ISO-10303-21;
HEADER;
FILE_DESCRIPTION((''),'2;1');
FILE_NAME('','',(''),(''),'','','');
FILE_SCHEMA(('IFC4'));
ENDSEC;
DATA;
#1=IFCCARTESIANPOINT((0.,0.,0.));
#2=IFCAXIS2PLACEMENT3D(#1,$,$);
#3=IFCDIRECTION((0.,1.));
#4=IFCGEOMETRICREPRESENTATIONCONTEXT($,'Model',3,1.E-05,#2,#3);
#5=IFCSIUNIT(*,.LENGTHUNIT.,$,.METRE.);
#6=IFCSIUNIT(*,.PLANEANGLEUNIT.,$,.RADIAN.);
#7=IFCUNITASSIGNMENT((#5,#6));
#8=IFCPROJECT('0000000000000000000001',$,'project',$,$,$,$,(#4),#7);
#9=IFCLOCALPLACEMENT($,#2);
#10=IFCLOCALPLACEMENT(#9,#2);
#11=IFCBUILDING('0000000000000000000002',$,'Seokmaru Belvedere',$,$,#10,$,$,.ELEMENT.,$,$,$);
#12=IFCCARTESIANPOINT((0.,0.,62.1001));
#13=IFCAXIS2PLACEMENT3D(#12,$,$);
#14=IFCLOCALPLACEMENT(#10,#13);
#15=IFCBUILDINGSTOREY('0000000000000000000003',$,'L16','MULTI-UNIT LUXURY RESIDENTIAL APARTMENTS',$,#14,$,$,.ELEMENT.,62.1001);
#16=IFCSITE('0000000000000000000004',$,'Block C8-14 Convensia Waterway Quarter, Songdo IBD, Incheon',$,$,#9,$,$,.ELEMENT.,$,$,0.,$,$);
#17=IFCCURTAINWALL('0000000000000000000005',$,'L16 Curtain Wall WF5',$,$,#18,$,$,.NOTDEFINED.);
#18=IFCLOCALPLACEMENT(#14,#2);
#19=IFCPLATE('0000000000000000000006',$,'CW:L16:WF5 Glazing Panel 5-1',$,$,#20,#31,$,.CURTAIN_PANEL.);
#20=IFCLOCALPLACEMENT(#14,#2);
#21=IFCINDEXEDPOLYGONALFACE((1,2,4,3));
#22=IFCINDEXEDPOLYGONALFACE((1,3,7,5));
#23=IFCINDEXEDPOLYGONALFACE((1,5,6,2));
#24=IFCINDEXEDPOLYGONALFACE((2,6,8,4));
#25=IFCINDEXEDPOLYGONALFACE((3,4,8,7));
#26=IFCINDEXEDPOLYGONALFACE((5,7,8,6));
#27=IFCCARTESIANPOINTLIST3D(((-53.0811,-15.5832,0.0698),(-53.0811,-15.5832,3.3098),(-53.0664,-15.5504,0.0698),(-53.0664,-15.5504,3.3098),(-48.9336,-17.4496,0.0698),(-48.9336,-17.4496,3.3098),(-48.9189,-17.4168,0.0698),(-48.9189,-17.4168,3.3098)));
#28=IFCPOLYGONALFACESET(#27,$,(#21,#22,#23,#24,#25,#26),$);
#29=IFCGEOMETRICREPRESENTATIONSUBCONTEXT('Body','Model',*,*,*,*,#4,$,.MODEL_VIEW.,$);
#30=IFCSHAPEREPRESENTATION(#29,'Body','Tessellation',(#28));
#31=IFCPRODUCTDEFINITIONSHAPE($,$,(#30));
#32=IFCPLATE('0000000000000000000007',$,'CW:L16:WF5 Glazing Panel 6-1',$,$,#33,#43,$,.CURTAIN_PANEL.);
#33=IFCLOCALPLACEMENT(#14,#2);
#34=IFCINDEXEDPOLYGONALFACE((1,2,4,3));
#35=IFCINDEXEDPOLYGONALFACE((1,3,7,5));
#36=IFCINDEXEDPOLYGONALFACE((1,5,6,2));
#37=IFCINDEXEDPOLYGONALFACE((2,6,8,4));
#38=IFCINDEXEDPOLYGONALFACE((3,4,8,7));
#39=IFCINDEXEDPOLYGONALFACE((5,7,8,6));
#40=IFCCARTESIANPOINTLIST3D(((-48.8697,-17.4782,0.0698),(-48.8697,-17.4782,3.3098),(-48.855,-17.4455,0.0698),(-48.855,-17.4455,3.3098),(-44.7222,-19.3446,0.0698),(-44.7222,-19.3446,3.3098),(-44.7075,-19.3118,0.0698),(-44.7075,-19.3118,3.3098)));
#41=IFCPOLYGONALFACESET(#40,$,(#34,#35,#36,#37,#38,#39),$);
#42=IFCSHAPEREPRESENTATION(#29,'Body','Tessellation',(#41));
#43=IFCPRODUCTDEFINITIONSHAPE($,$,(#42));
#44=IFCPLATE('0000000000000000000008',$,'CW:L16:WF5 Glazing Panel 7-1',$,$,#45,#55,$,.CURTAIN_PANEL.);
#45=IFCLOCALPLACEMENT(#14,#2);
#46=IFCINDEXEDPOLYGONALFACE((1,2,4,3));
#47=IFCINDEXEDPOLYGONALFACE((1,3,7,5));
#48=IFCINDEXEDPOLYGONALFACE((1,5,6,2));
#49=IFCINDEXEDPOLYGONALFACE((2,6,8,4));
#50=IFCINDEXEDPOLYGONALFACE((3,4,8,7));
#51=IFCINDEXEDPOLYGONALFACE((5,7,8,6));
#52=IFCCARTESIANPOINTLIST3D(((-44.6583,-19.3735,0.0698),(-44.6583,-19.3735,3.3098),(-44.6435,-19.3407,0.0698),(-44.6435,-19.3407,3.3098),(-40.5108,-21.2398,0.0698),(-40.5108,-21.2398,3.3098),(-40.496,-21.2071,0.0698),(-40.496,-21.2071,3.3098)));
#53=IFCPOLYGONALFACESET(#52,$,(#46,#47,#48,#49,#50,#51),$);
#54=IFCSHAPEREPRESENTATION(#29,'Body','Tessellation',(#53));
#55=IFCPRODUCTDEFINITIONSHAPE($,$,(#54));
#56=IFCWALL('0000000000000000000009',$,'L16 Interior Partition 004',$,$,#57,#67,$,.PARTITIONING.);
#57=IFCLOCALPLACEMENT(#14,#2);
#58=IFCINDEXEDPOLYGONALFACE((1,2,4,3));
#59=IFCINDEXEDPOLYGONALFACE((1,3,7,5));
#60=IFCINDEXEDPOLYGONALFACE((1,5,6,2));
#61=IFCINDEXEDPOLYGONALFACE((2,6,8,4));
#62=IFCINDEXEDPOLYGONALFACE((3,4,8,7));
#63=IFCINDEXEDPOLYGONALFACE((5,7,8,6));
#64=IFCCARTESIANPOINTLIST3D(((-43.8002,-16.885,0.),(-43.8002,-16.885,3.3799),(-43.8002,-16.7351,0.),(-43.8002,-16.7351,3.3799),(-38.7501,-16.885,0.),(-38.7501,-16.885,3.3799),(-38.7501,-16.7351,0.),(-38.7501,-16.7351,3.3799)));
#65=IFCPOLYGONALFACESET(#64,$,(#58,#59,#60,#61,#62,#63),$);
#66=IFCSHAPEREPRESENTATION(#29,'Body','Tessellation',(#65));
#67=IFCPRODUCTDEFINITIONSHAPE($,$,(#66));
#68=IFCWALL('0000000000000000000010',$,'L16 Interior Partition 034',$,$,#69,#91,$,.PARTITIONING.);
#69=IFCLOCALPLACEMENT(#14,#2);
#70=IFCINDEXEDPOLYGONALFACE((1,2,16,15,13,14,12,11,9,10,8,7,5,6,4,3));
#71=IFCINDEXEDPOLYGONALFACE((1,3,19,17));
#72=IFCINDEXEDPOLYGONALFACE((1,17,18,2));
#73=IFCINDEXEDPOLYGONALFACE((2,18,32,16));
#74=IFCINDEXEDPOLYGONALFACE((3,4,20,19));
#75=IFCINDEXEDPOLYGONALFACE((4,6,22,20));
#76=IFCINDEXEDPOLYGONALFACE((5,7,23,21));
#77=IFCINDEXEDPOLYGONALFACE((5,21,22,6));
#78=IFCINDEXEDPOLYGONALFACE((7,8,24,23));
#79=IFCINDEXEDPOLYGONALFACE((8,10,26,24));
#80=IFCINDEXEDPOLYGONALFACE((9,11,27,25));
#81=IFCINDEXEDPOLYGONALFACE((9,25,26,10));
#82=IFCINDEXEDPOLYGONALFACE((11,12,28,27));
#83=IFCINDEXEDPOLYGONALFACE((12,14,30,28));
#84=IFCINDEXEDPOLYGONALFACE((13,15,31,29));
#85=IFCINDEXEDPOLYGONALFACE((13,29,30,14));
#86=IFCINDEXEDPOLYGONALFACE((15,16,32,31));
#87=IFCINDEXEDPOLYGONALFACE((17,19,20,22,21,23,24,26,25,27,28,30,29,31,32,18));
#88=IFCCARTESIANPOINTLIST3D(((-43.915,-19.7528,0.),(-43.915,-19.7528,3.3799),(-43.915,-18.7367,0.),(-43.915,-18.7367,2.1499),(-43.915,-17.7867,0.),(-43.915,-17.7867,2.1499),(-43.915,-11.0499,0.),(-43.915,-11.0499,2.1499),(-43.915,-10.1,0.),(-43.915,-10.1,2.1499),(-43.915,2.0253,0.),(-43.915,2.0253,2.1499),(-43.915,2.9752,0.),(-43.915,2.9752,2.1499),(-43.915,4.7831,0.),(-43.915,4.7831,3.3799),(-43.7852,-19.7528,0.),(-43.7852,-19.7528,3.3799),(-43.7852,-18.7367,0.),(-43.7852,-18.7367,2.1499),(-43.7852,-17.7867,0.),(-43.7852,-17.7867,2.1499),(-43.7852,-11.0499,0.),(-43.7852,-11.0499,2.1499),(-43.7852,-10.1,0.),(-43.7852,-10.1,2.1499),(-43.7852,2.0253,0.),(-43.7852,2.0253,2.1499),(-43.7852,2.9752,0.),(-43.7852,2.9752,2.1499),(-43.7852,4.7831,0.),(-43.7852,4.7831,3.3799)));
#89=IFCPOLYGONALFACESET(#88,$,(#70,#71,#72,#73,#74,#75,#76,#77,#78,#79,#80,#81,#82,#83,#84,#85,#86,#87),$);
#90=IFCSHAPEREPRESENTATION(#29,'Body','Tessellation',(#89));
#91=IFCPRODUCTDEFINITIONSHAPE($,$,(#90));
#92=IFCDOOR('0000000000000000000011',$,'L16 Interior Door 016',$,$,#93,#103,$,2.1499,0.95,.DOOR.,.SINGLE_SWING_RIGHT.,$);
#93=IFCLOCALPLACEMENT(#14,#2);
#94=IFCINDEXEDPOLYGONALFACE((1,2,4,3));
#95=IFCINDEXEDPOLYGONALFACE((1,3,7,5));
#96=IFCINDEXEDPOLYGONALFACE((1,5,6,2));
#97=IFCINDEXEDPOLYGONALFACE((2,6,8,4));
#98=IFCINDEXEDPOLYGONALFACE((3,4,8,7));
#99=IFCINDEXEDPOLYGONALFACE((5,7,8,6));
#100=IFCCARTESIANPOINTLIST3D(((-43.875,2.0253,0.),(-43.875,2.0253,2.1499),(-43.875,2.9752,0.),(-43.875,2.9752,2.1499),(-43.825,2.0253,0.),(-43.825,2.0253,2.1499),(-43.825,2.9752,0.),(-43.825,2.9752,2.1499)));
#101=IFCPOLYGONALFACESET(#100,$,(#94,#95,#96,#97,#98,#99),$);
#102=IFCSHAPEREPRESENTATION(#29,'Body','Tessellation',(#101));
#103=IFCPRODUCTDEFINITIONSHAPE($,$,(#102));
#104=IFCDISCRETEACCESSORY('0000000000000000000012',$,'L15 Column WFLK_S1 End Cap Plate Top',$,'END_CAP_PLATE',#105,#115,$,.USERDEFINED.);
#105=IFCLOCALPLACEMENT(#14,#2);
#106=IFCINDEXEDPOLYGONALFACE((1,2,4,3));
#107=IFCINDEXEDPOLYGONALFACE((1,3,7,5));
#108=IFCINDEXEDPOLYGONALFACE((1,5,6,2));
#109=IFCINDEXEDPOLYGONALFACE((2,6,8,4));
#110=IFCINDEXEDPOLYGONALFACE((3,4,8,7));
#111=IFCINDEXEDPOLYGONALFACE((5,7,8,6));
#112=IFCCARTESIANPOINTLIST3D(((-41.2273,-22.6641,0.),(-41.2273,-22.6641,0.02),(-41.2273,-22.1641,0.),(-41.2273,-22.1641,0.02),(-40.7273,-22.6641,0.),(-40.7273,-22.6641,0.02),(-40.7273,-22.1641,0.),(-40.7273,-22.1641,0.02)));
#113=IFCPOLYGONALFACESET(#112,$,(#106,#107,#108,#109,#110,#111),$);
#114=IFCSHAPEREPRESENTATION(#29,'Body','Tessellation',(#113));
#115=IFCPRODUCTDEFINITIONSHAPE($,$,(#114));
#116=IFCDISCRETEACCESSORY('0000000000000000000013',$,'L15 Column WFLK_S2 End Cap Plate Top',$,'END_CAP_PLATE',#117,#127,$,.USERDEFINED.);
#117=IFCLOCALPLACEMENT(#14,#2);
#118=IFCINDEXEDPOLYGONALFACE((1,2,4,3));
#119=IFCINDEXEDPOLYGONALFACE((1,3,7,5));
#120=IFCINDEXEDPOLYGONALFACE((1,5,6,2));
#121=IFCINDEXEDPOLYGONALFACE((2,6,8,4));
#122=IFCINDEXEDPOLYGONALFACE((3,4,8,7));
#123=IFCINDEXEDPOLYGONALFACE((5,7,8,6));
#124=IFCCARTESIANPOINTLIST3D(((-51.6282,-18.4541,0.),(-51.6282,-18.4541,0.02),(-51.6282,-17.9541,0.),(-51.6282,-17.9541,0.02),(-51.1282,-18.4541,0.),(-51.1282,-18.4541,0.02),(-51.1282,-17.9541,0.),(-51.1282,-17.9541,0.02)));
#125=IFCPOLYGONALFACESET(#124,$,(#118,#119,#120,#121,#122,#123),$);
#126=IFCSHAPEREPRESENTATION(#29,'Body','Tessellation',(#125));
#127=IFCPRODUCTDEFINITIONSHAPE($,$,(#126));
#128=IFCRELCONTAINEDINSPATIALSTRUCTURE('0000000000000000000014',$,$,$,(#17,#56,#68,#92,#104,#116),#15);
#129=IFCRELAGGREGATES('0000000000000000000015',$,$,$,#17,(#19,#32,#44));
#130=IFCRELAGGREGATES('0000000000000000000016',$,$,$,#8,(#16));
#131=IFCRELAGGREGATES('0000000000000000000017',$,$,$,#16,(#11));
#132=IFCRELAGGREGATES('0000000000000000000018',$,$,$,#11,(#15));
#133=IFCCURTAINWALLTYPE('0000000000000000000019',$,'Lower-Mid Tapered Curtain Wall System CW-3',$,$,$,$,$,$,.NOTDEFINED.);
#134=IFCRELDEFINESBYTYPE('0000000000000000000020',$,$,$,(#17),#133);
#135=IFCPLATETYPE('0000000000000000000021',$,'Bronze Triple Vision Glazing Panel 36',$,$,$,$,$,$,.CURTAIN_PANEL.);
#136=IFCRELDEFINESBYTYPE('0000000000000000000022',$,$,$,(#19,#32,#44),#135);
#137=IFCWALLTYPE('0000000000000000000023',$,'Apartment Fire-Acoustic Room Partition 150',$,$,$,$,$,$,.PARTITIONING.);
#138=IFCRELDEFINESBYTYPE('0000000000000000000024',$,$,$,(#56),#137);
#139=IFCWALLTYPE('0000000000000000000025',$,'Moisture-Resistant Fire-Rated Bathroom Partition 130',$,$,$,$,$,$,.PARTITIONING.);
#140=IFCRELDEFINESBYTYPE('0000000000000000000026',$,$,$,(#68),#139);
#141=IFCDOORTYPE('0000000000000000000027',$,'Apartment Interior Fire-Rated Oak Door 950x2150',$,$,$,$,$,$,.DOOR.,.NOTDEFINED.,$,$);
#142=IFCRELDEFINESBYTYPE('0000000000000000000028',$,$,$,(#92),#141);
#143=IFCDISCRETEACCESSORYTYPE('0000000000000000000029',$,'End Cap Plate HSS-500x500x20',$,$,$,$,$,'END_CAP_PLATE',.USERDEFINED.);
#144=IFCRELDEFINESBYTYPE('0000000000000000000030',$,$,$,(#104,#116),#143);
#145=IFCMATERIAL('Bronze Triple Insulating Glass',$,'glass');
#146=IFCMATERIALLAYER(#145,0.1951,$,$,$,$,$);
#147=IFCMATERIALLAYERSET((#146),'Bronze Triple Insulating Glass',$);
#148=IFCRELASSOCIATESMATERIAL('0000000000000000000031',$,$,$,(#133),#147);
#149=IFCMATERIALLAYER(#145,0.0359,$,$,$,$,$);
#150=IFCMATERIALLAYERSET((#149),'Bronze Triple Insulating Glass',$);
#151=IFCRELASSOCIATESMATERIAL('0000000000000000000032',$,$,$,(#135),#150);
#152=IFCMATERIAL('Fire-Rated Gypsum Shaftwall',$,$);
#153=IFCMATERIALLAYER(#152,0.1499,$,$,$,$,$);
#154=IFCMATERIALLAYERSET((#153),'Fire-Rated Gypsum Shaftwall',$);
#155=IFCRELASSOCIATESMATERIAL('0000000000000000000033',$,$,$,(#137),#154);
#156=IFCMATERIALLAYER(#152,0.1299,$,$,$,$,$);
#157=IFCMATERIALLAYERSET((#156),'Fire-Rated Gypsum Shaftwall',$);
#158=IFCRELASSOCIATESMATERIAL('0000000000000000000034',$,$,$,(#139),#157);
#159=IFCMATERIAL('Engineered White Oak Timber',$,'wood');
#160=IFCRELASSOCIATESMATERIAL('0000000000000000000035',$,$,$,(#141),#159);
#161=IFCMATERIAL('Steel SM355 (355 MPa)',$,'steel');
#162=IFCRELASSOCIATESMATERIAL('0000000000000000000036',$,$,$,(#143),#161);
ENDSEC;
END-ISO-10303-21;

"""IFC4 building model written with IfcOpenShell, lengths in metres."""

from ifc_helpers import new_model, si_unit, direction, frame, frame_2d, origin, origin_2d, place, context, subcontext, project, spatial, rectangle, extrude, source, transform, mapped, material, layer, layer_set, type_object, type_shapes, element, fill, aggregate, save


model = new_model("IFC4")

# Units and contexts
model_context = context("Model", 3, precision=1e-05, world=origin(), true_north=direction((0.0, 1.0)))
body_context = subcontext(model_context, "Body", "Model", "MODEL_VIEW")
ifc_project = project(units=[si_unit("LENGTHUNIT", "METRE"), si_unit("PLANEANGLEUNIT", "RADIAN")], contexts=[model_context])

# Site, building, storey
site_placement = place(None, origin())
site = spatial("IfcSite", under=ifc_project, at=site_placement, Name="Block C8-14 Convensia Waterway Quarter, Songdo IBD, Incheon", CompositionType="ELEMENT", RefElevation=0.0)
building_placement = place(site_placement, origin())
building = spatial("IfcBuilding", under=site, at=building_placement, Name="Seokmaru Belvedere", CompositionType="ELEMENT")
storey_placement = place(building_placement, frame((0.0, 0.0, 62.1001)))
storey = spatial("IfcBuildingStorey", under=building, at=storey_placement, Name="L16", Description="MULTI-UNIT LUXURY RESIDENTIAL APARTMENTS", CompositionType="ELEMENT", Elevation=62.1001)

# Shared definitions
ifc_material_1 = material(Name="Steel SM355 (355 MPa)", Category="steel")

# Curtain wall, plates
ifc_material_2 = material(Name="Bronze Triple Insulating Glass", Category="glass")
ifc_layer_1 = layer(ifc_material_2, 0.1951)
ifc_layer_set_1 = layer_set([ifc_layer_1], Name="Bronze Triple Insulating Glass")
curtain_wall_type = type_object("IfcCurtainWallType", Name="Lower-Mid Tapered Curtain Wall System CW-3", PredefinedType="NOTDEFINED", material=ifc_layer_set_1)
curtain_wall_placement = place(storey_placement, origin())
curtain_wall = element("IfcCurtainWall", 1, at=curtain_wall_placement, inside=storey, type_object=curtain_wall_type, Name="L16 Curtain Wall WF5", PredefinedType="NOTDEFINED")
ifc_layer_2 = layer(ifc_material_2, 0.0359)
ifc_layer_set_2 = layer_set([ifc_layer_2], Name="Bronze Triple Insulating Glass")
plate_type = type_object("IfcPlateType", Name="Bronze Triple Vision Glazing Panel 36", PredefinedType="CURTAIN_PANEL", material=ifc_layer_set_2)
shared_shape_1 = source(origin(), body_context, "Body", "SweptSolid", [
    extrude(rectangle(XDim=4.5481, YDim=0.0359, at=origin_2d()), origin(), (0.0, 0.0, 1.0), 3.24),
])
type_shapes(plate_type, [shared_shape_1])
plate_1_placement = place(storey_placement, frame((-51.0, -16.5, 0.0698), z_axis=(0.0, 0.0, 1.0), x_axis=(0.911921, -0.410366, 0.0)))
plate_1 = element("IfcPlate", 2, at=plate_1_placement, type_object=plate_type, Name="CW:L16:WF5 Glazing Panel 5-1", PredefinedType="CURTAIN_PANEL", context=body_context, shape_type="MappedRepresentation", body=[
    mapped(shared_shape_1, transform((0.0, 0.0, 0.0), scale=1.0)),
])
plate_2_placement = place(storey_placement, frame((-46.7886, -18.395, 0.0698), z_axis=(0.0, 0.0, 1.0), x_axis=(0.911921, -0.410366, 0.0)))
plate_2 = element("IfcPlate", 3, at=plate_2_placement, type_object=plate_type, Name="CW:L16:WF5 Glazing Panel 6-1", PredefinedType="CURTAIN_PANEL", context=body_context, shape_type="MappedRepresentation", body=[
    mapped(shared_shape_1, transform((0.0, 0.0, 0.0), scale=1.0)),
])
plate_3_placement = place(storey_placement, frame((-42.5771, -20.2903, 0.0698), z_axis=(0.0, 0.0, 1.0), x_axis=(0.911921, -0.410366, 0.0)))
plate_3 = element("IfcPlate", 4, at=plate_3_placement, type_object=plate_type, Name="CW:L16:WF5 Glazing Panel 7-1", PredefinedType="CURTAIN_PANEL", context=body_context, shape_type="MappedRepresentation", body=[
    mapped(shared_shape_1, transform((0.0, 0.0, 0.0), scale=1.0)),
])
aggregate(curtain_wall, [plate_1, plate_2, plate_3])

# Wall
ifc_material_3 = material(Name="Fire-Rated Gypsum Shaftwall")
ifc_layer_3 = layer(ifc_material_3, 0.1499)
ifc_layer_set_3 = layer_set([ifc_layer_3], Name="Fire-Rated Gypsum Shaftwall")
wall_type_1 = type_object("IfcWallType", Name="Apartment Fire-Acoustic Room Partition 150", PredefinedType="PARTITIONING", material=ifc_layer_set_3)
wall_1_placement = place(storey_placement, frame((-43.8, -16.8101, 0.0), z_axis=(0.0, 0.0, 1.0), x_axis=(1.0, 0.0, 0.0)))
element("IfcWall", 5, at=wall_1_placement, inside=storey, type_object=wall_type_1, Name="L16 Interior Partition 004", PredefinedType="PARTITIONING", context=body_context, shape_type="SweptSolid", body=[
    extrude(rectangle(XDim=5.05, YDim=0.1499, at=frame_2d((2.5249, 0.0))), origin(), (0.0, 0.0, 1.0), 3.3799),
])

# Wall, openings, door
ifc_layer_4 = layer(ifc_material_3, 0.1299)
ifc_layer_set_4 = layer_set([ifc_layer_4], Name="Fire-Rated Gypsum Shaftwall")
wall_type_2 = type_object("IfcWallType", Name="Moisture-Resistant Fire-Rated Bathroom Partition 130", PredefinedType="PARTITIONING", material=ifc_layer_set_4)
wall_2_placement = place(storey_placement, frame((-43.8501, -19.7529, 0.0), z_axis=(0.0, 0.0, 1.0), x_axis=(0.0, 1.0, 0.0)))
wall_2 = element("IfcWall", 6, at=wall_2_placement, inside=storey, type_object=wall_type_2, Name="L16 Interior Partition 034", PredefinedType="PARTITIONING", context=body_context, shape_type="SweptSolid", body=[
    extrude(rectangle(XDim=24.5359, YDim=0.1299, at=frame_2d((12.2681, 0.0))), origin(), (0.0, 0.0, 1.0), 3.3799),
])
opening_1_placement = place(wall_2_placement, frame((8.7029, 0.0, 0.0)))
element("IfcOpeningElement", 7, at=opening_1_placement, cuts=wall_2, PredefinedType="OPENING", context=body_context, shape_type="SweptSolid", body=[
    extrude(rectangle(XDim=0.95, YDim=2.1499, at=frame_2d((0.4751, 1.075))), frame((0.0, 0.075, 0.0), z_axis=(0.0, -1.0, 0.0), x_axis=(1.0, 0.0, 0.0)), (0.0, 0.0, 1.0), 0.1499),
])
opening_2_placement = place(wall_2_placement, frame((1.0161, 0.0, 0.0)))
element("IfcOpeningElement", 8, at=opening_2_placement, cuts=wall_2, PredefinedType="OPENING", context=body_context, shape_type="SweptSolid", body=[
    extrude(rectangle(XDim=0.95, YDim=2.1499, at=frame_2d((0.4751, 1.075))), frame((0.0, 0.075, 0.0), z_axis=(0.0, -1.0, 0.0), x_axis=(1.0, 0.0, 0.0)), (0.0, 0.0, 1.0), 0.1499),
])
opening_3_placement = place(wall_2_placement, frame((21.7781, 0.0, 0.0)))
opening_3 = element("IfcOpeningElement", 9, at=opening_3_placement, cuts=wall_2, PredefinedType="OPENING", context=body_context, shape_type="SweptSolid", body=[
    extrude(rectangle(XDim=0.95, YDim=2.1499, at=frame_2d((0.4751, 1.075))), frame((0.0, 0.075, 0.0), z_axis=(0.0, -1.0, 0.0), x_axis=(1.0, 0.0, 0.0)), (0.0, 0.0, 1.0), 0.1499),
])
ifc_material_4 = material(Name="Engineered White Oak Timber", Category="wood")
door_type = type_object("IfcDoorType", Name="Apartment Interior Fire-Rated Oak Door 950x2150", OperationType="NOTDEFINED", PredefinedType="DOOR", material=ifc_material_4)
shared_shape_2 = source(origin(), body_context, "Body", "SweptSolid", [
    extrude(rectangle(XDim=0.95, YDim=2.1499, at=frame_2d((0.4751, 1.075))), frame((0.0, 0.0249, 0.0), z_axis=(0.0, -1.0, 0.0), x_axis=(1.0, 0.0, 0.0)), (0.0, 0.0, 1.0), 0.05),
])
type_shapes(door_type, [shared_shape_2])
door_placement = place(opening_3_placement, origin())
door = element("IfcDoor", 10, at=door_placement, inside=storey, type_object=door_type, Name="L16 Interior Door 016", OperationType="SINGLE_SWING_RIGHT", OverallHeight=2.1499, OverallWidth=0.95, PredefinedType="DOOR", context=body_context, shape_type="MappedRepresentation", body=[
    mapped(shared_shape_2, transform((0.0, 0.0, 0.0), scale=1.0)),
])
fill(opening_3, door)

# Discrete accessories
discrete_accessory_type = type_object("IfcDiscreteAccessoryType", Name="End Cap Plate HSS-500x500x20", ElementType="END_CAP_PLATE", PredefinedType="USERDEFINED", material=ifc_material_1)
shared_shape_3 = source(origin(), body_context, "Body", "SweptSolid", [
    extrude(rectangle(XDim=0.5, YDim=0.5, at=origin_2d()), origin(), (0.0, 0.0, 1.0), 0.02),
])
type_shapes(discrete_accessory_type, [shared_shape_3])
for number, where, z_axis, x_axis, name in (
    (11, (-40.9773, -22.4141, 0.0), (0.0, 0.0, 1.0), (1.0, 0.0, 0.0), "L15 Column WFLK_S1 End Cap Plate Top"),
    (12, (-51.3782, -18.2041, 0.0), (0.0, 0.0, 1.0), (1.0, 0.0, 0.0), "L15 Column WFLK_S2 End Cap Plate Top"),
):
    element("IfcDiscreteAccessory", number, at=place(storey_placement, frame(where, z_axis=z_axis, x_axis=x_axis)), inside=storey, type_object=discrete_accessory_type, Name=name, ObjectType="END_CAP_PLATE", PredefinedType="USERDEFINED", context=body_context, shape_type="MappedRepresentation", body=[
        mapped(shared_shape_3, transform((0.0, 0.0, 0.0), scale=1.0)),
    ])

save(model, "model.ifc")
